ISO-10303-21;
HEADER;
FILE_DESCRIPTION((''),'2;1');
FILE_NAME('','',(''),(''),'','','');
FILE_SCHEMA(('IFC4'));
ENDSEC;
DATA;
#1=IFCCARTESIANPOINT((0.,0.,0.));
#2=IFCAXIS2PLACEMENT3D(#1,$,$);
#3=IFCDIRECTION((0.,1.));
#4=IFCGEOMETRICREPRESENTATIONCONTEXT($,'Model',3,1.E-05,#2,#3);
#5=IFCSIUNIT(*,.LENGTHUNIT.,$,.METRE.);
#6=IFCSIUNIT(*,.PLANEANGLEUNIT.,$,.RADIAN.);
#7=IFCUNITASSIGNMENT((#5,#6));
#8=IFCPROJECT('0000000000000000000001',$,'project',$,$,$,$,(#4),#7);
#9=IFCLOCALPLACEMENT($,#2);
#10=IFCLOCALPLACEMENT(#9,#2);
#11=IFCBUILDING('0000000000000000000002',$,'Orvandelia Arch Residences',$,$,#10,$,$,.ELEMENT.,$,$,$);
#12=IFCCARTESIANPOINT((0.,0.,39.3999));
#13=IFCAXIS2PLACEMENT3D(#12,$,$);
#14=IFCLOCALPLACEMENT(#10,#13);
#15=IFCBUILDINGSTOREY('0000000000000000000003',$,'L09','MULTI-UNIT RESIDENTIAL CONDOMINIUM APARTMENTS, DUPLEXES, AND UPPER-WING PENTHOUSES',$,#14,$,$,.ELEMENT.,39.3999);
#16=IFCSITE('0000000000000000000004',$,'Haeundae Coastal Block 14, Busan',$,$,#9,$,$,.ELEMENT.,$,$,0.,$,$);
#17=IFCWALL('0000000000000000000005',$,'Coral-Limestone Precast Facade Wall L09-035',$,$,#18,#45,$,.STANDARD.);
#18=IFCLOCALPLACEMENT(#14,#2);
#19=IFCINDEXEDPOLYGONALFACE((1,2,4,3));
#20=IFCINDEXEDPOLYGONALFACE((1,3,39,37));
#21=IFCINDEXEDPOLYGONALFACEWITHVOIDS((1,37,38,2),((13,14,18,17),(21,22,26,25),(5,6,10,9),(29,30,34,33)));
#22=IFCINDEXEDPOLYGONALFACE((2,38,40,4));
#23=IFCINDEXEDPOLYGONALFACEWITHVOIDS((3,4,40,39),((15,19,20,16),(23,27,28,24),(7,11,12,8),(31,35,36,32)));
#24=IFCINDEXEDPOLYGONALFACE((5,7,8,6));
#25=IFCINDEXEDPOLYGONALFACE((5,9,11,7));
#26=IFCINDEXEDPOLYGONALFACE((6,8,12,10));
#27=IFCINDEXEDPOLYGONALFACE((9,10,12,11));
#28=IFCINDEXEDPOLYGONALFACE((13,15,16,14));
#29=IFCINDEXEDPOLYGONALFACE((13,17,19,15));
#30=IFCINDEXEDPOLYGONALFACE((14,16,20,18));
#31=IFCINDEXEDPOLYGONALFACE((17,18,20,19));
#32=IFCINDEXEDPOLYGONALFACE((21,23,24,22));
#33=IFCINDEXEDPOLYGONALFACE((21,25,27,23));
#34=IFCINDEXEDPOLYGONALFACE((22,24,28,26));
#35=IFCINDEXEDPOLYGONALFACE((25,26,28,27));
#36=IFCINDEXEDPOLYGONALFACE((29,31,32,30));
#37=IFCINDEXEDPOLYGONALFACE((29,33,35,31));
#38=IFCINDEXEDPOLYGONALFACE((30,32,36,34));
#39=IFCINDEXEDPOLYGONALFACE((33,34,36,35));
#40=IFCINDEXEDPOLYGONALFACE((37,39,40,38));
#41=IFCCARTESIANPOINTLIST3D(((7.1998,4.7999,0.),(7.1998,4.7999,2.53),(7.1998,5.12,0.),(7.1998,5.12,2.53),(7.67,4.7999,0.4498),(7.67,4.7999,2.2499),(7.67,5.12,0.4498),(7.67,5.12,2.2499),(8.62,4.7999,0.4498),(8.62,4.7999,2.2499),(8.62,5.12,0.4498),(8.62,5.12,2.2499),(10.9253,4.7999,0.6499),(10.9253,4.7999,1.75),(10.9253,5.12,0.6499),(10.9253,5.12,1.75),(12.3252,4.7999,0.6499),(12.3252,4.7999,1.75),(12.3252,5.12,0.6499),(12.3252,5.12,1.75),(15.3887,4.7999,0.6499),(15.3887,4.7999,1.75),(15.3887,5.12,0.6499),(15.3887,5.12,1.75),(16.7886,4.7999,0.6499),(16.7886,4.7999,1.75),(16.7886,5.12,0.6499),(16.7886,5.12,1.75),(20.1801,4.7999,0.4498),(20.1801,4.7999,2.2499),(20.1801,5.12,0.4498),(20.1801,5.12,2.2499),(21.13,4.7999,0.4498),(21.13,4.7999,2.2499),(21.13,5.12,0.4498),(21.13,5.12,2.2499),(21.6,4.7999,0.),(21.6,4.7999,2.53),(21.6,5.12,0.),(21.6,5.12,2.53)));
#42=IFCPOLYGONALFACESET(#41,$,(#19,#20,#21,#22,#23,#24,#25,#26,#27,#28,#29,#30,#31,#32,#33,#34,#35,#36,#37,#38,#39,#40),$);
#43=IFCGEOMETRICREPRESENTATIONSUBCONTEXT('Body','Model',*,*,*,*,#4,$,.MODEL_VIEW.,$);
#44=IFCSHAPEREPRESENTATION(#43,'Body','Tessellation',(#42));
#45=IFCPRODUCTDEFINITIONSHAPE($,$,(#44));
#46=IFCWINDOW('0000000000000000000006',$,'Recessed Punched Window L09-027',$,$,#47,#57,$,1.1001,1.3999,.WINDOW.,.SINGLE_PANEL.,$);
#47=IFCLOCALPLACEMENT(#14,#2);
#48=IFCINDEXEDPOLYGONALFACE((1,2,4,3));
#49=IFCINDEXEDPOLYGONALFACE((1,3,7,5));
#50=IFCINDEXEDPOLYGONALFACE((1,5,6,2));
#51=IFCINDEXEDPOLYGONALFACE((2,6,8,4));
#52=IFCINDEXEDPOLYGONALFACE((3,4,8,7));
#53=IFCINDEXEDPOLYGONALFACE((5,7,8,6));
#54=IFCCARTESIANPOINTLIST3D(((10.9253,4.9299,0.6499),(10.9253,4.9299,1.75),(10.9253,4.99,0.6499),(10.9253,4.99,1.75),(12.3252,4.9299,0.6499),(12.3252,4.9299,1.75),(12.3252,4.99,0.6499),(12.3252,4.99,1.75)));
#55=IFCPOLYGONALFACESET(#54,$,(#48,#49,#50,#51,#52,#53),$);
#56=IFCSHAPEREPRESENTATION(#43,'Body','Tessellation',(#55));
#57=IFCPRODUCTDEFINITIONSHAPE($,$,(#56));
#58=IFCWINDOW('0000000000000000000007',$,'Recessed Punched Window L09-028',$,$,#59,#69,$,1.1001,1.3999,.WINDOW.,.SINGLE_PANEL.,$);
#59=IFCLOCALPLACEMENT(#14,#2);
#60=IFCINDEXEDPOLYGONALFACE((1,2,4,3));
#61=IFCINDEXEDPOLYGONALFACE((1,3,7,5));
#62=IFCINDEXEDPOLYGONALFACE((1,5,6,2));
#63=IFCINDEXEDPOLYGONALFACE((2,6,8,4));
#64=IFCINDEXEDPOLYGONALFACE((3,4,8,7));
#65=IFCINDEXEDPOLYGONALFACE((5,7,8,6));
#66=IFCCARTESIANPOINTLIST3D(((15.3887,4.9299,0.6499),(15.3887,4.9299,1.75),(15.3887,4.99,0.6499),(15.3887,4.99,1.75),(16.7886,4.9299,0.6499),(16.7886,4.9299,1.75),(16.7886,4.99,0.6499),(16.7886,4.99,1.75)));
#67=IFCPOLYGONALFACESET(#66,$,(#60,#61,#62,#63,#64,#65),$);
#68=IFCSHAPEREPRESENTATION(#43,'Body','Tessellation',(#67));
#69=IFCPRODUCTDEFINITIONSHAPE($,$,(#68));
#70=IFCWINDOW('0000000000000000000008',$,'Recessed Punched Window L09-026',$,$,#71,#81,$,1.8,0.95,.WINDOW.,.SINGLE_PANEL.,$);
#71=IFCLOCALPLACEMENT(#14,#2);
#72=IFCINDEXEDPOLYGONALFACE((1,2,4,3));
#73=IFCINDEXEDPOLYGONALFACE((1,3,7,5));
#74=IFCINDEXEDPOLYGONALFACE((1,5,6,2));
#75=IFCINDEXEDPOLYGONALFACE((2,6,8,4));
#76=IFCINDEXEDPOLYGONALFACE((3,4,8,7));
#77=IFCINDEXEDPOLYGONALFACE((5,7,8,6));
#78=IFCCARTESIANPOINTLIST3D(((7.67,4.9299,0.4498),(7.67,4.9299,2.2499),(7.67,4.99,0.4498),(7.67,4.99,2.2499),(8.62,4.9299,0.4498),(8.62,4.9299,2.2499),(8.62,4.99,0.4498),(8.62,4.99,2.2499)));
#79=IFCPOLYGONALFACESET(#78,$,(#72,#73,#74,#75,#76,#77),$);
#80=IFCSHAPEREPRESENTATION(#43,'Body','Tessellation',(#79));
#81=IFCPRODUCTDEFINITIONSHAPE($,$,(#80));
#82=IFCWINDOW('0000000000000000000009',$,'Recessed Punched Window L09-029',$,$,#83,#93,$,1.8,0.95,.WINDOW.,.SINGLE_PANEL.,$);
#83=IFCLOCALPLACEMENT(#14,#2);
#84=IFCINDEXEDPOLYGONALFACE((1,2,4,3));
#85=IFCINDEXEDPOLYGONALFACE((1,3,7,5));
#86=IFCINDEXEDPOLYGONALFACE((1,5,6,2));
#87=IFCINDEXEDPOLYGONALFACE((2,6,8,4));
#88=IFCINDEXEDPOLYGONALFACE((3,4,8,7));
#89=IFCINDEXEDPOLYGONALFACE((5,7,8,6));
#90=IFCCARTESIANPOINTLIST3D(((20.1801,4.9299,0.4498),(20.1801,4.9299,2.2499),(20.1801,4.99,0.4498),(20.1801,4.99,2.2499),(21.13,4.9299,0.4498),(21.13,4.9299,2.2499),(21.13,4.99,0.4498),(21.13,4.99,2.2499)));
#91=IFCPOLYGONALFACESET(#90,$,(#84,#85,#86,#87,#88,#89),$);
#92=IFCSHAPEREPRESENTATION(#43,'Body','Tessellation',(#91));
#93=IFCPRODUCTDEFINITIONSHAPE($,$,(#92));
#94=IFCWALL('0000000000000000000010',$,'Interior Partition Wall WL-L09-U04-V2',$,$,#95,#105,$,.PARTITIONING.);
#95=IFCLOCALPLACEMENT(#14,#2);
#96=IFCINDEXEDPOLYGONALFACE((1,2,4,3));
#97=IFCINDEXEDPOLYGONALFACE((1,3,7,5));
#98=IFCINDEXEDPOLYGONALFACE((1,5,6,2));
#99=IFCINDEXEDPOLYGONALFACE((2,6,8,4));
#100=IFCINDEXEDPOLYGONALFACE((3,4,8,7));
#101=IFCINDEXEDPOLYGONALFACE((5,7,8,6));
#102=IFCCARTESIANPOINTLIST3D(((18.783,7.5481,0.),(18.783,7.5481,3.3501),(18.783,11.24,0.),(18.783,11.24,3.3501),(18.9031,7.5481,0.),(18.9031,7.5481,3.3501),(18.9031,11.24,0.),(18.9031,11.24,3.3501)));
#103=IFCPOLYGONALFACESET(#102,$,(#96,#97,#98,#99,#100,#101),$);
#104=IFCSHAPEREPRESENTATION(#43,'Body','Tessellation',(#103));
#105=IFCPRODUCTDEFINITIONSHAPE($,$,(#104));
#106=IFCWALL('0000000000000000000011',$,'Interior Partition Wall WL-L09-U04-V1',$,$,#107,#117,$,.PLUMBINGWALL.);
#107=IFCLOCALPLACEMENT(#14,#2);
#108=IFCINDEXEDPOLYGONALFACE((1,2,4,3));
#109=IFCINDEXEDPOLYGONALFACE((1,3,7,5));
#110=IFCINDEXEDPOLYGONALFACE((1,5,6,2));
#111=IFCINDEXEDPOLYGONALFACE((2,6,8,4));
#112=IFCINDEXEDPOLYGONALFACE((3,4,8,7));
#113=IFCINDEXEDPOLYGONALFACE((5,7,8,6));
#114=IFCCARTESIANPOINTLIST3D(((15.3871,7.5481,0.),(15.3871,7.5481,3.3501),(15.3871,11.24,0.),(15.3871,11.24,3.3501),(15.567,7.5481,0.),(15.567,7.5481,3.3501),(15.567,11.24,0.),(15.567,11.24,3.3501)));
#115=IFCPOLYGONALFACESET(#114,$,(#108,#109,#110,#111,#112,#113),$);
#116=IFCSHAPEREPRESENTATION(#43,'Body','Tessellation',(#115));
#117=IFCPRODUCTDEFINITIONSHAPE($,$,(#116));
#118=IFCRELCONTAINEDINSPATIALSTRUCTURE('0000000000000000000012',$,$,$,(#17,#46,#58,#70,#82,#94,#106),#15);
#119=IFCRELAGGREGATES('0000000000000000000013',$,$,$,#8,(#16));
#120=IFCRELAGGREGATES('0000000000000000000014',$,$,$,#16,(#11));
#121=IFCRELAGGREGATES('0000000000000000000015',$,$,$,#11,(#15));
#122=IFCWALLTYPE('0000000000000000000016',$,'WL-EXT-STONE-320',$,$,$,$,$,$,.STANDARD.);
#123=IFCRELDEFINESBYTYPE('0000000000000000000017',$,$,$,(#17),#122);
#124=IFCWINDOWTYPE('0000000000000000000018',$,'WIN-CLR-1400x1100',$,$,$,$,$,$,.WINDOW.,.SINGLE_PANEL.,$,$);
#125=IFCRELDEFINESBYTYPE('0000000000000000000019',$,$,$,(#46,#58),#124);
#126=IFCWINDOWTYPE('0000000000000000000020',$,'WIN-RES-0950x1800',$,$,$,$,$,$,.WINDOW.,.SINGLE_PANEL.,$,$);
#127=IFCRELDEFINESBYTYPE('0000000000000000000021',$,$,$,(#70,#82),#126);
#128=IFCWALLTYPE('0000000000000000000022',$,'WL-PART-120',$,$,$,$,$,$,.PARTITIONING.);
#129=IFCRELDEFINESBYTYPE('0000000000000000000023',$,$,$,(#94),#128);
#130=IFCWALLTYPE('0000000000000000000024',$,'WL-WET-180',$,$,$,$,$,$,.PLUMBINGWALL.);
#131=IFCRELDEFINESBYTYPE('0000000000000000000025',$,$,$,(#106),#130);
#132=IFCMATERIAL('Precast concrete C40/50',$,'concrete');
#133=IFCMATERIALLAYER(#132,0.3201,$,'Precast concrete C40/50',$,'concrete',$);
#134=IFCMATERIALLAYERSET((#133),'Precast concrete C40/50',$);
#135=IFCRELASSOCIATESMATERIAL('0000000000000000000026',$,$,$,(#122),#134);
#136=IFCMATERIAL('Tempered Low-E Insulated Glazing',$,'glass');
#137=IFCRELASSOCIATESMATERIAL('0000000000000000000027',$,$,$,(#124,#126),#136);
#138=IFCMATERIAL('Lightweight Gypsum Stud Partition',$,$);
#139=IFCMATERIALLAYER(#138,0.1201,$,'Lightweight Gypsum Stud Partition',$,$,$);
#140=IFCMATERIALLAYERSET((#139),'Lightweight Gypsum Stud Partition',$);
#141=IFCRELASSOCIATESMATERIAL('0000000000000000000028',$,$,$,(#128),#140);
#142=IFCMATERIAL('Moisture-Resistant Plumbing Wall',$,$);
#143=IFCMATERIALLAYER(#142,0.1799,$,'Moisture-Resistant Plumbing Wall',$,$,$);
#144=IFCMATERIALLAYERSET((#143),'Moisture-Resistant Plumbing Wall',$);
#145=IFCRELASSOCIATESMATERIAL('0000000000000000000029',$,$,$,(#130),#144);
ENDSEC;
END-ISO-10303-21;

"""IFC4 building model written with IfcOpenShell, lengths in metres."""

from ifc_helpers import new_model, si_unit, direction, frame, frame_2d, origin, place, context, subcontext, project, spatial, rectangle, extrude, material, layer, layer_set, type_object, element, fill, save


model = new_model("IFC4")

# Units and contexts
model_context = context("Model", 3, precision=1e-05, world=origin(), true_north=direction((0.0, 1.0)))
body_context = subcontext(model_context, "Body", "Model", "MODEL_VIEW")
ifc_project = project(units=[si_unit("LENGTHUNIT", "METRE"), si_unit("PLANEANGLEUNIT", "RADIAN")], contexts=[model_context])

# Site, building, storey
site_placement = place(None, origin())
site = spatial("IfcSite", under=ifc_project, at=site_placement, Name="Haeundae Coastal Block 14, Busan", CompositionType="ELEMENT", RefElevation=0.0)
building_placement = place(site_placement, origin())
building = spatial("IfcBuilding", under=site, at=building_placement, Name="Orvandelia Arch Residences", CompositionType="ELEMENT")
storey_placement = place(building_placement, frame((0.0, 0.0, 39.3999)))
storey = spatial("IfcBuildingStorey", under=building, at=storey_placement, Name="L09", Description="MULTI-UNIT RESIDENTIAL CONDOMINIUM APARTMENTS, DUPLEXES, AND UPPER-WING PENTHOUSES", CompositionType="ELEMENT", Elevation=39.3999)

# Shared definitions
ifc_material_1 = material(Name="Precast concrete C40/50", Category="concrete")
ifc_layer_1 = layer(ifc_material_1, 0.3201, Name="Precast concrete C40/50", Category="concrete")
ifc_layer_set_1 = layer_set([ifc_layer_1], Name="Precast concrete C40/50")
wall_type_1 = type_object("IfcWallType", Name="WL-EXT-STONE-320", PredefinedType="STANDARD", material=ifc_layer_set_1)

# Wall, openings, windows
wall_1_placement = place(storey_placement, frame((21.6001, 4.96, 0.0), z_axis=(0.0, 0.0, 1.0), x_axis=(-1.0, 0.0, 0.0)))
wall_1 = element("IfcWall", 1, at=wall_1_placement, inside=storey, type_object=wall_type_1, Name="Coral-Limestone Precast Facade Wall L09-035", PredefinedType="STANDARD", context=body_context, shape_type="SweptSolid", body=[
    extrude(rectangle(XDim=14.4001, YDim=0.3201, at=frame_2d((7.2002, 0.0))), origin(), (0.0, 0.0, 1.0), 2.53),
])
opening_1_placement = place(wall_1_placement, frame((12.98, 0.0, 0.45)))
opening_1 = element("IfcOpeningElement", 2, at=opening_1_placement, cuts=wall_1, PredefinedType="OPENING", context=body_context, shape_type="SweptSolid", body=[
    extrude(rectangle(XDim=0.95, YDim=1.8, at=frame_2d((0.4751, 0.8999))), frame((0.0, 0.1699, 0.0), z_axis=(0.0, -1.0, 0.0), x_axis=(1.0, 0.0, 0.0)), (0.0, 0.0, 1.0), 0.3401),
])
opening_2_placement = place(wall_1_placement, frame((9.2749, 0.0, 0.6499)))
opening_2 = element("IfcOpeningElement", 3, at=opening_2_placement, cuts=wall_1, PredefinedType="OPENING", context=body_context, shape_type="SweptSolid", body=[
    extrude(rectangle(XDim=1.3999, YDim=1.1001, at=frame_2d((0.7, 0.55))), frame((0.0, 0.1699, 0.0), z_axis=(0.0, -1.0, 0.0), x_axis=(1.0, 0.0, 0.0)), (0.0, 0.0, 1.0), 0.3401),
])
opening_3_placement = place(wall_1_placement, frame((4.8115, 0.0, 0.6499)))
opening_3 = element("IfcOpeningElement", 4, at=opening_3_placement, cuts=wall_1, PredefinedType="OPENING", context=body_context, shape_type="SweptSolid", body=[
    extrude(rectangle(XDim=1.3999, YDim=1.1001, at=frame_2d((0.7, 0.55))), frame((0.0, 0.1699, 0.0), z_axis=(0.0, -1.0, 0.0), x_axis=(1.0, 0.0, 0.0)), (0.0, 0.0, 1.0), 0.3401),
])
opening_4_placement = place(wall_1_placement, frame((0.47, 0.0, 0.45)))
opening_4 = element("IfcOpeningElement", 5, at=opening_4_placement, cuts=wall_1, PredefinedType="OPENING", context=body_context, shape_type="SweptSolid", body=[
    extrude(rectangle(XDim=0.95, YDim=1.8, at=frame_2d((0.4751, 0.8999))), frame((0.0, 0.1699, 0.0), z_axis=(0.0, -1.0, 0.0), x_axis=(1.0, 0.0, 0.0)), (0.0, 0.0, 1.0), 0.3401),
])
ifc_material_2 = material(Name="Tempered Low-E Insulated Glazing", Category="glass")
window_type_1 = type_object("IfcWindowType", Name="WIN-CLR-1400x1100", PartitioningType="SINGLE_PANEL", PredefinedType="WINDOW", material=ifc_material_2)
window_1_placement = place(opening_2_placement, origin())
window_1 = element("IfcWindow", 6, at=window_1_placement, inside=storey, type_object=window_type_1, Name="Recessed Punched Window L09-027", OverallHeight=1.1001, OverallWidth=1.3999, PartitioningType="SINGLE_PANEL", PredefinedType="WINDOW", context=body_context, shape_type="SweptSolid", body=[
    extrude(rectangle(XDim=1.3999, YDim=1.1001, at=frame_2d((0.7, 0.55))), frame((0.0, 0.03, 0.0), z_axis=(0.0, -1.0, 0.0), x_axis=(1.0, 0.0, 0.0)), (0.0, 0.0, 1.0), 0.0601),
])
fill(opening_2, window_1)
window_2_placement = place(opening_3_placement, origin())
window_2 = element("IfcWindow", 7, at=window_2_placement, inside=storey, type_object=window_type_1, Name="Recessed Punched Window L09-028", OverallHeight=1.1001, OverallWidth=1.3999, PartitioningType="SINGLE_PANEL", PredefinedType="WINDOW", context=body_context, shape_type="SweptSolid", body=[
    extrude(rectangle(XDim=1.3999, YDim=1.1001, at=frame_2d((0.7, 0.55))), frame((0.0, 0.03, 0.0), z_axis=(0.0, -1.0, 0.0), x_axis=(1.0, 0.0, 0.0)), (0.0, 0.0, 1.0), 0.0601),
])
fill(opening_3, window_2)
window_type_2 = type_object("IfcWindowType", Name="WIN-RES-0950x1800", PartitioningType="SINGLE_PANEL", PredefinedType="WINDOW", material=ifc_material_2)
window_3_placement = place(opening_1_placement, origin())
window_3 = element("IfcWindow", 8, at=window_3_placement, inside=storey, type_object=window_type_2, Name="Recessed Punched Window L09-026", OverallHeight=1.8, OverallWidth=0.95, PartitioningType="SINGLE_PANEL", PredefinedType="WINDOW", context=body_context, shape_type="SweptSolid", body=[
    extrude(rectangle(XDim=0.95, YDim=1.8, at=frame_2d((0.4751, 0.8999))), frame((0.0, 0.03, 0.0), z_axis=(0.0, -1.0, 0.0), x_axis=(1.0, 0.0, 0.0)), (0.0, 0.0, 1.0), 0.0601),
])
fill(opening_1, window_3)
window_4_placement = place(opening_4_placement, origin())
window_4 = element("IfcWindow", 9, at=window_4_placement, inside=storey, type_object=window_type_2, Name="Recessed Punched Window L09-029", OverallHeight=1.8, OverallWidth=0.95, PartitioningType="SINGLE_PANEL", PredefinedType="WINDOW", context=body_context, shape_type="SweptSolid", body=[
    extrude(rectangle(XDim=0.95, YDim=1.8, at=frame_2d((0.4751, 0.8999))), frame((0.0, 0.03, 0.0), z_axis=(0.0, -1.0, 0.0), x_axis=(1.0, 0.0, 0.0)), (0.0, 0.0, 1.0), 0.0601),
])
fill(opening_4, window_4)

# Wall
ifc_material_3 = material(Name="Lightweight Gypsum Stud Partition")
ifc_layer_2 = layer(ifc_material_3, 0.1201, Name="Lightweight Gypsum Stud Partition")
ifc_layer_set_2 = layer_set([ifc_layer_2], Name="Lightweight Gypsum Stud Partition")
wall_type_2 = type_object("IfcWallType", Name="WL-PART-120", PredefinedType="PARTITIONING", material=ifc_layer_set_2)
wall_2_placement = place(storey_placement, frame((18.843, 7.5481, 0.0), z_axis=(0.0, 0.0, 1.0), x_axis=(0.0, 1.0, 0.0)))
element("IfcWall", 10, at=wall_2_placement, inside=storey, type_object=wall_type_2, Name="Interior Partition Wall WL-L09-U04-V2", PredefinedType="PARTITIONING", context=body_context, shape_type="SweptSolid", body=[
    extrude(rectangle(XDim=3.6919, YDim=0.1201, at=frame_2d((1.8459, 0.0))), origin(), (0.0, 0.0, 1.0), 3.3501),
])

# Wall
ifc_material_4 = material(Name="Moisture-Resistant Plumbing Wall")
ifc_layer_3 = layer(ifc_material_4, 0.1799, Name="Moisture-Resistant Plumbing Wall")
ifc_layer_set_3 = layer_set([ifc_layer_3], Name="Moisture-Resistant Plumbing Wall")
wall_type_3 = type_object("IfcWallType", Name="WL-WET-180", PredefinedType="PLUMBINGWALL", material=ifc_layer_set_3)
wall_3_placement = place(storey_placement, frame((15.4771, 7.5481, 0.0), z_axis=(0.0, 0.0, 1.0), x_axis=(0.0, 1.0, 0.0)))
element("IfcWall", 11, at=wall_3_placement, inside=storey, type_object=wall_type_3, Name="Interior Partition Wall WL-L09-U04-V1", PredefinedType="PLUMBINGWALL", context=body_context, shape_type="SweptSolid", body=[
    extrude(rectangle(XDim=3.6919, YDim=0.1799, at=frame_2d((1.8459, 0.0))), origin(), (0.0, 0.0, 1.0), 3.3501),
])

save(model, "model.ifc")
